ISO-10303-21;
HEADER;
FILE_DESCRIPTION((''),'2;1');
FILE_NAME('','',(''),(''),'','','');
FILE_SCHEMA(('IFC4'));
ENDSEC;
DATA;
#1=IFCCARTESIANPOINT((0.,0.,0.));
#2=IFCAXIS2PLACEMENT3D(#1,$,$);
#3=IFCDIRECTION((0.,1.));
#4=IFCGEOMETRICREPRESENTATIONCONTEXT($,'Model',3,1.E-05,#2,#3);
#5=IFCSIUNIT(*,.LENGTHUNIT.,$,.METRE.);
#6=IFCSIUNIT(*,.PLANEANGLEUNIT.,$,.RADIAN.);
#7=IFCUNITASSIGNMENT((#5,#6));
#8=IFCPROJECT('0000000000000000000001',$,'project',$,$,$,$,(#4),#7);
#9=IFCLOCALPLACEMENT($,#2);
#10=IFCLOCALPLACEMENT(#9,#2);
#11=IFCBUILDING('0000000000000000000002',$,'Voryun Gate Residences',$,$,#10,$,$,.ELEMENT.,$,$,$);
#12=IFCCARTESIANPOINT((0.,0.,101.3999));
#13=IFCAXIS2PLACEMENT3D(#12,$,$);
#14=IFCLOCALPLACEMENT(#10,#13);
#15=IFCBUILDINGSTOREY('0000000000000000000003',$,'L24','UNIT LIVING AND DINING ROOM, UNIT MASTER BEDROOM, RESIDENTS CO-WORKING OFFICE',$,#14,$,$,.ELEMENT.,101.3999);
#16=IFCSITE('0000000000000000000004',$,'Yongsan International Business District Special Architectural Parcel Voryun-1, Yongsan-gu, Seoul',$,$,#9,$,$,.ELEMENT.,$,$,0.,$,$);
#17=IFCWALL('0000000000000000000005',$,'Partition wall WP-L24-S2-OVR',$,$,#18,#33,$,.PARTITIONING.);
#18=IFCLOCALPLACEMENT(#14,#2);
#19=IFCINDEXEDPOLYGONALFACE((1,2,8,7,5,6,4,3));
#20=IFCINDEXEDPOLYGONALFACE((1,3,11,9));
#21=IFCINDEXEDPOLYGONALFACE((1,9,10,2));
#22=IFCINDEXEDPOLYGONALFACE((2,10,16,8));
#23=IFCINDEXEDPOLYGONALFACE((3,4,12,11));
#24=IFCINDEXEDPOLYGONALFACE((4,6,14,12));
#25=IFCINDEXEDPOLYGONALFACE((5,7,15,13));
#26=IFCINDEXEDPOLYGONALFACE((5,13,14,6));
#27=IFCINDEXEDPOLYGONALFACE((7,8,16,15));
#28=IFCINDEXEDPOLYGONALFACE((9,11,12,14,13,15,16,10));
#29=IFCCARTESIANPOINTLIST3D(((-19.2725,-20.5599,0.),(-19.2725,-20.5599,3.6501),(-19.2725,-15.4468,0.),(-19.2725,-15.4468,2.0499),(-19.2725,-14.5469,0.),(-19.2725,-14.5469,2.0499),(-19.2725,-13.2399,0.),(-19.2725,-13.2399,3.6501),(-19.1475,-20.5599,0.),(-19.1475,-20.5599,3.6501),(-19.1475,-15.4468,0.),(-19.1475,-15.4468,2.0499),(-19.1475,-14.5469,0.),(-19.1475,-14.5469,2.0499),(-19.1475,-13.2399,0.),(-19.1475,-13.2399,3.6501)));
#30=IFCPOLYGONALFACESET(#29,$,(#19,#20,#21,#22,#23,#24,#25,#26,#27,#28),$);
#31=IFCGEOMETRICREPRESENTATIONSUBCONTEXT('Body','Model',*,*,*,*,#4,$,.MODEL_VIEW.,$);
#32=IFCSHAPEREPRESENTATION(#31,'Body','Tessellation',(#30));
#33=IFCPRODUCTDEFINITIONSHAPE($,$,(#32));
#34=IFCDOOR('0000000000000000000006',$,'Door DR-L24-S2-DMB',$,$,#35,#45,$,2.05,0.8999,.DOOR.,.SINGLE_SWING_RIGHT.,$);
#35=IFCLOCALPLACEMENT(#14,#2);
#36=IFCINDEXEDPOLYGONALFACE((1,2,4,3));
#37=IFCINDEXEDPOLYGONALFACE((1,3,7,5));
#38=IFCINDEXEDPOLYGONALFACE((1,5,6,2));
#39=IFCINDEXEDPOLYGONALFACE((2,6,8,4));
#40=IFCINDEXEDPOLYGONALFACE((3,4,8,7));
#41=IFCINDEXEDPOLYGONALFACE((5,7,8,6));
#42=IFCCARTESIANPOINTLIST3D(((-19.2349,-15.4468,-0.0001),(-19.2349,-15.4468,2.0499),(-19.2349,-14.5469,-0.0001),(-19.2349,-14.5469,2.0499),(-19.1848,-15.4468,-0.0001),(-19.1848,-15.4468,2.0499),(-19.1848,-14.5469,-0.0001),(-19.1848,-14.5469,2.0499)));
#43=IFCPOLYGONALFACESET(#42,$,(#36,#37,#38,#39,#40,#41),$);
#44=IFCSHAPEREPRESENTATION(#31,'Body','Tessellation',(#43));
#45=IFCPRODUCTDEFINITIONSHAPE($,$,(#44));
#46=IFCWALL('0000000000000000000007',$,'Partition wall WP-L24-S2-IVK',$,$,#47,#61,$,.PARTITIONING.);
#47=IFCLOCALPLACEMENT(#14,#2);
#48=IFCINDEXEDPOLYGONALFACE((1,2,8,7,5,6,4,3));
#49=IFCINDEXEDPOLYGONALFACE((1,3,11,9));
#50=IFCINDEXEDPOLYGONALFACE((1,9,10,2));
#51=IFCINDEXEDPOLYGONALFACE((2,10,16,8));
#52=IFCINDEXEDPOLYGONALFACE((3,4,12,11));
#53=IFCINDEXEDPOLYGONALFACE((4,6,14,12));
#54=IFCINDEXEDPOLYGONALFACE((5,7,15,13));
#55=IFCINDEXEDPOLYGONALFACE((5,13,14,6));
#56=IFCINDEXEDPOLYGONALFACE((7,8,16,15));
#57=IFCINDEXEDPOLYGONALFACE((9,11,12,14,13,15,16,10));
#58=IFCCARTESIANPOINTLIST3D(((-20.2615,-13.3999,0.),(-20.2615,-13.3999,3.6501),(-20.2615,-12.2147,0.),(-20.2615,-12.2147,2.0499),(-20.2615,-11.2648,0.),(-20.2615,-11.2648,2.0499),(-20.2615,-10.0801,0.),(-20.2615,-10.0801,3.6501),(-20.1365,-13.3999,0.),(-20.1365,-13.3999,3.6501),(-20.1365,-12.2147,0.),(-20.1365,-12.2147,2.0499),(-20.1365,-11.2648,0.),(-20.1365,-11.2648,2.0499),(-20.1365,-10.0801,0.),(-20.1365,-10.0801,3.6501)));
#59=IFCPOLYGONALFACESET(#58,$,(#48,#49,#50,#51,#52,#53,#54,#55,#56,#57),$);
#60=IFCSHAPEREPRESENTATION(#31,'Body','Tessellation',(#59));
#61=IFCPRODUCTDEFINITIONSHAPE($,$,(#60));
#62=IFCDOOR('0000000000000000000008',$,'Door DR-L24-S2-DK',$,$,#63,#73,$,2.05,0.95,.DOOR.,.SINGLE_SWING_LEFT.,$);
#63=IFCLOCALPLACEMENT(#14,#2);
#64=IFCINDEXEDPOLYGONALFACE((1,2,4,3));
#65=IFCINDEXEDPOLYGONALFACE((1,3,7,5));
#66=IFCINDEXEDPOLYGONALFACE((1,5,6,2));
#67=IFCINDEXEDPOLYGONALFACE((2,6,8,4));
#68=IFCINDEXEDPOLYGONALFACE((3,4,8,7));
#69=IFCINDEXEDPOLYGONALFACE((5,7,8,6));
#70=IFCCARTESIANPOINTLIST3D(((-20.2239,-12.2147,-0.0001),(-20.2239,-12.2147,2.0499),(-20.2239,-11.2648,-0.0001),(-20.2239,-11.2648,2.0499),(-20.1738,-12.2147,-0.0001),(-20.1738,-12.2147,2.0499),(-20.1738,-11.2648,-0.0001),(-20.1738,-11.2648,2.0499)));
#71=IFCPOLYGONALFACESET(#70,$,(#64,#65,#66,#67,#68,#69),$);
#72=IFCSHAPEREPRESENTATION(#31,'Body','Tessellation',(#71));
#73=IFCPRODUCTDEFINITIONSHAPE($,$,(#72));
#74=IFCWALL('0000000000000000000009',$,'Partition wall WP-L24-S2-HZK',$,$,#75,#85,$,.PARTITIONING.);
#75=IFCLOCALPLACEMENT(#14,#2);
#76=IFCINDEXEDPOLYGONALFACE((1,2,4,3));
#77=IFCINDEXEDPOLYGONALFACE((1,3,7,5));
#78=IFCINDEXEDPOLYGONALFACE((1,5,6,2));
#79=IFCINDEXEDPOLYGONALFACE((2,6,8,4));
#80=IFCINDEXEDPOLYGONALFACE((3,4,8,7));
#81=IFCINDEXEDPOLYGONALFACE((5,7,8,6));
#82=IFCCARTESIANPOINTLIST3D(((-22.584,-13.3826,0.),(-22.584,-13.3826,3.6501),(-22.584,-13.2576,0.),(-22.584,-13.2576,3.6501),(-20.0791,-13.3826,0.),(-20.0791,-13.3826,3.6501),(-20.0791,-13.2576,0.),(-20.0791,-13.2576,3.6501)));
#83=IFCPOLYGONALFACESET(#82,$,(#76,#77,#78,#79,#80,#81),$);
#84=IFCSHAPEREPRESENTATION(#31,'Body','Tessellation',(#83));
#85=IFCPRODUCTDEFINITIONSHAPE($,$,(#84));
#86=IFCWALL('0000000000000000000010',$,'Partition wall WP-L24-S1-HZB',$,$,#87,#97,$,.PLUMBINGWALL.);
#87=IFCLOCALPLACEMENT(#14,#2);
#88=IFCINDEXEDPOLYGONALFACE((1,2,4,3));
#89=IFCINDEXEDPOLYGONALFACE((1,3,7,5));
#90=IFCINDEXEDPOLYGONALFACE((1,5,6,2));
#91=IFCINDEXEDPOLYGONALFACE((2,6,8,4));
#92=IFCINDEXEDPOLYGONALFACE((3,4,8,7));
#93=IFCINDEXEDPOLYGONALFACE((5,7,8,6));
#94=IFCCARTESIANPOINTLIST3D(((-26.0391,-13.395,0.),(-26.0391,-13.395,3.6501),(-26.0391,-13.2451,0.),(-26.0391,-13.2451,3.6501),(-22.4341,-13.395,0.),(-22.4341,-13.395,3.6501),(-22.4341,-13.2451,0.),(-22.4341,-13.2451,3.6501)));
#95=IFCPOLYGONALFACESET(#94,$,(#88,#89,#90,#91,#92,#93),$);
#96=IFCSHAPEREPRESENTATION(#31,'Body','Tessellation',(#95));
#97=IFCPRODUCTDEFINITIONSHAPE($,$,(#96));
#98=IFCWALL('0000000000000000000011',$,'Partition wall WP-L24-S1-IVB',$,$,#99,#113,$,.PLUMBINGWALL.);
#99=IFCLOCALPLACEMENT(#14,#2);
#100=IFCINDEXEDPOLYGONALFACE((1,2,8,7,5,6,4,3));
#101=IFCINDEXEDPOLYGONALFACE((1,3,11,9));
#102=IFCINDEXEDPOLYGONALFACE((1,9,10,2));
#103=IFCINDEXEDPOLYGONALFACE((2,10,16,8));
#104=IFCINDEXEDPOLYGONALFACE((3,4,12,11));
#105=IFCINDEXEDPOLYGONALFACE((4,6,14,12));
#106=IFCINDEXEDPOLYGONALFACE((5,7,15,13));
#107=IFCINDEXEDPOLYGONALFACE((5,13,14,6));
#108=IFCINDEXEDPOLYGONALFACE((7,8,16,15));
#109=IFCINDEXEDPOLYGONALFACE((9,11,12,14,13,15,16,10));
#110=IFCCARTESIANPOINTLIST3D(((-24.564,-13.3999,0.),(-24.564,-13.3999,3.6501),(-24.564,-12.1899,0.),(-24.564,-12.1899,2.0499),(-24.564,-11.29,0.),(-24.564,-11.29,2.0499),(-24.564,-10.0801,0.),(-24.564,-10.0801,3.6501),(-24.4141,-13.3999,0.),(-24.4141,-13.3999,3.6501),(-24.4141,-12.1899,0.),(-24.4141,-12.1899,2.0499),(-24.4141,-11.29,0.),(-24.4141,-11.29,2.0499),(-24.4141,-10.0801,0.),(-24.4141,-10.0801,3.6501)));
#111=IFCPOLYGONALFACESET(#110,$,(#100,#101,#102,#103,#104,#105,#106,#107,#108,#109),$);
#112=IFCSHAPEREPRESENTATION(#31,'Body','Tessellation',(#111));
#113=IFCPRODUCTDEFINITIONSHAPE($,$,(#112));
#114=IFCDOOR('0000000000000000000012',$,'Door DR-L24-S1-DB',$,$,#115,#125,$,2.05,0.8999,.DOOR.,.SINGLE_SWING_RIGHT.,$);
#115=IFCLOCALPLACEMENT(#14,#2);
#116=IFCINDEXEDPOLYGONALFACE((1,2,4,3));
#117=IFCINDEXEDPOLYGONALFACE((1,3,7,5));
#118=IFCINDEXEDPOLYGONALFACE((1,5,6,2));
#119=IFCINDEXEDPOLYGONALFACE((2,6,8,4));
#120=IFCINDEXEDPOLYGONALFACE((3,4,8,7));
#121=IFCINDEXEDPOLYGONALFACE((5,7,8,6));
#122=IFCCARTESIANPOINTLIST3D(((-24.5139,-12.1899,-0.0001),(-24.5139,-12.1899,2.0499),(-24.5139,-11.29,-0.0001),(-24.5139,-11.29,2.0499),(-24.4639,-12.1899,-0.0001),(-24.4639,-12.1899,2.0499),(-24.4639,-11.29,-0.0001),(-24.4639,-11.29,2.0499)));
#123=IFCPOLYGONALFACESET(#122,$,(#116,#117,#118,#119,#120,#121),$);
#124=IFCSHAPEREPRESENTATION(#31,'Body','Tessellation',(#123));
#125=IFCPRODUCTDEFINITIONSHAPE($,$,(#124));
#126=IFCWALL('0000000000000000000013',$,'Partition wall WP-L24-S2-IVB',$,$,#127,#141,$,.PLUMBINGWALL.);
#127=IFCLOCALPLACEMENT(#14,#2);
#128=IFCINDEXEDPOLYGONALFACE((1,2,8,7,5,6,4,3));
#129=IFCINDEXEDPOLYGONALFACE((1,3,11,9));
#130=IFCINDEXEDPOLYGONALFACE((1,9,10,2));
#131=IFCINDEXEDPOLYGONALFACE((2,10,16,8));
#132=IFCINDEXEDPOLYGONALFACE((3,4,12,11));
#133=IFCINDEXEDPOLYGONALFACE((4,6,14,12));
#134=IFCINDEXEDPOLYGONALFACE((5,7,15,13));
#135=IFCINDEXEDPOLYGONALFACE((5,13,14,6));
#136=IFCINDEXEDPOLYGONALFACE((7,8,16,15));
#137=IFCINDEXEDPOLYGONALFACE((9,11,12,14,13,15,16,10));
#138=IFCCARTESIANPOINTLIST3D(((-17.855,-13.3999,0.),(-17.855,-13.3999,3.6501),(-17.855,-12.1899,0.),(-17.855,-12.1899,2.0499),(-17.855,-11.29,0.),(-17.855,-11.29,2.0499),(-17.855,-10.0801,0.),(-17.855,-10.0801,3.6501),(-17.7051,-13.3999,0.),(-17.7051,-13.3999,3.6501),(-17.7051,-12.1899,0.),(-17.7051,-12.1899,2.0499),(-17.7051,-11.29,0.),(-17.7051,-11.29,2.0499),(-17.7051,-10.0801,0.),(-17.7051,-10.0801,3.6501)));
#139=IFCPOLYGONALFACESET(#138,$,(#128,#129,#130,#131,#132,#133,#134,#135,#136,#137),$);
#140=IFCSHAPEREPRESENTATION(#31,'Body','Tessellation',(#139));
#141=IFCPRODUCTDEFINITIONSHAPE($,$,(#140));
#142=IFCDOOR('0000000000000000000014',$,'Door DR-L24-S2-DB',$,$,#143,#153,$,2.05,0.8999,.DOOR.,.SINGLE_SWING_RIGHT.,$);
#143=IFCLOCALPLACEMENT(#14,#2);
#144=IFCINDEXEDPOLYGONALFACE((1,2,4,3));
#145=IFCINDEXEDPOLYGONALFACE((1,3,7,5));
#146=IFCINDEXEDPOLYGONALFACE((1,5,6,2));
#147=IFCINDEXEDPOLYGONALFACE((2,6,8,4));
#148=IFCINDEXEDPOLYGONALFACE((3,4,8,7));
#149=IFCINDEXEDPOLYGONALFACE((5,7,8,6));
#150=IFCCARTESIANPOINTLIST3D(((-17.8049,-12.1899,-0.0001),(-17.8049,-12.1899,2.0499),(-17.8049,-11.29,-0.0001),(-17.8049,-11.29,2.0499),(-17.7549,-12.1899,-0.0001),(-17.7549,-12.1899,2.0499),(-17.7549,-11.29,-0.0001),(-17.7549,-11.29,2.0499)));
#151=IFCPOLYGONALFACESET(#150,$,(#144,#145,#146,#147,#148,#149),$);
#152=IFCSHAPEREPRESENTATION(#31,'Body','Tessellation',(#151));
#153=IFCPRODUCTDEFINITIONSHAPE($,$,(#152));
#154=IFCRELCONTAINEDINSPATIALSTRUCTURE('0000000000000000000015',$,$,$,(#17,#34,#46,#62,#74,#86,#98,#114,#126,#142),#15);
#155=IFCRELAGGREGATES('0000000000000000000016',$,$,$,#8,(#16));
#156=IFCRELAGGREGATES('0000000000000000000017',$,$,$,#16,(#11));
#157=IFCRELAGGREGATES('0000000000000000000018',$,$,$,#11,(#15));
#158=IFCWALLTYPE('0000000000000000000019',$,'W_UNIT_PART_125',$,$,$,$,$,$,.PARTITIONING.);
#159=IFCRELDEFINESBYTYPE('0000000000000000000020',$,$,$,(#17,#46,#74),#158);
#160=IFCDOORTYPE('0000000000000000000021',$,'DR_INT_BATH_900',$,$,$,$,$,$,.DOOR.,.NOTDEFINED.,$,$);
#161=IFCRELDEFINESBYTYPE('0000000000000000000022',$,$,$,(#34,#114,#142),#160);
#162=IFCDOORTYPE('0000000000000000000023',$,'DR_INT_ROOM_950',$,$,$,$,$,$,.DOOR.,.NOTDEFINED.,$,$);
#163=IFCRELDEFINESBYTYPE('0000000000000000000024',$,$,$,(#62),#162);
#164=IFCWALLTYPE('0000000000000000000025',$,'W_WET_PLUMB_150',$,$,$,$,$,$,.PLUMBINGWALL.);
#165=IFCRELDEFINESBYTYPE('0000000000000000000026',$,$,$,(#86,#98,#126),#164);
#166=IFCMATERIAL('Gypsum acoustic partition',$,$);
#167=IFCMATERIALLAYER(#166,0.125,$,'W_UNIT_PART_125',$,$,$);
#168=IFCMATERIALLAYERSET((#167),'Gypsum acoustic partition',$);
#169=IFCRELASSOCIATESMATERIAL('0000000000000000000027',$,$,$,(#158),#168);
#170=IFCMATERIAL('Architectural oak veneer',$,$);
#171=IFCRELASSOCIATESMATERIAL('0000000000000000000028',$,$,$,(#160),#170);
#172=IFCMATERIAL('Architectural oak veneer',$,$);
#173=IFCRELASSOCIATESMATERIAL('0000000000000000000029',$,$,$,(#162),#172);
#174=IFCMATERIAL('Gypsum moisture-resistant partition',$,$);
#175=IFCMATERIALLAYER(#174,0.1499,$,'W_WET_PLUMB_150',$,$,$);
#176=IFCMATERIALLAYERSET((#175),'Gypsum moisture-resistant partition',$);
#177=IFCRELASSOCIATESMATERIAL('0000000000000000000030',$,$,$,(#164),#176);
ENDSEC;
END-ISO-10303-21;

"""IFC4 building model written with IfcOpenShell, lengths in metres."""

from ifc_helpers import new_model, si_unit, direction, frame, frame_2d, origin, place, context, subcontext, project, spatial, rectangle, extrude, material, layer, layer_set, type_object, element, fill, save


model = new_model("IFC4")

# Units and contexts
model_context = context("Model", 3, precision=1e-05, world=origin(), true_north=direction((0.0, 1.0)))
body_context = subcontext(model_context, "Body", "Model", "MODEL_VIEW")
ifc_project = project(units=[si_unit("LENGTHUNIT", "METRE"), si_unit("PLANEANGLEUNIT", "RADIAN")], contexts=[model_context])

# Site, building, storey
site_placement = place(None, origin())
site = spatial("IfcSite", under=ifc_project, at=site_placement, Name="Yongsan International Business District Special Architectural Parcel Voryun-1, Yongsan-gu, Seoul", CompositionType="ELEMENT", RefElevation=0.0)
building_placement = place(site_placement, origin())
building = spatial("IfcBuilding", under=site, at=building_placement, Name="Voryun Gate Residences", CompositionType="ELEMENT")
storey_placement = place(building_placement, frame((0.0, 0.0, 101.3999)))
storey = spatial("IfcBuildingStorey", under=building, at=storey_placement, Name="L24", Description="UNIT LIVING AND DINING ROOM, UNIT MASTER BEDROOM, RESIDENTS CO-WORKING OFFICE", CompositionType="ELEMENT", Elevation=101.3999)

# Shared definitions
ifc_material_1 = material(Name="Gypsum acoustic partition")
ifc_layer_1 = layer(ifc_material_1, 0.125, Name="W_UNIT_PART_125")
ifc_layer_set_1 = layer_set([ifc_layer_1], Name="Gypsum acoustic partition")
wall_type_1 = type_object("IfcWallType", Name="W_UNIT_PART_125", PredefinedType="PARTITIONING", material=ifc_layer_set_1)
ifc_material_2 = material(Name="Architectural oak veneer")
door_type_1 = type_object("IfcDoorType", Name="DR_INT_BATH_900", OperationType="NOTDEFINED", PredefinedType="DOOR", material=ifc_material_2)
ifc_material_3 = material(Name="Architectural oak veneer")
door_type_2 = type_object("IfcDoorType", Name="DR_INT_ROOM_950", OperationType="NOTDEFINED", PredefinedType="DOOR", material=ifc_material_3)

# Walls, openings, doors
wall_1_placement = place(storey_placement, frame((-19.21, -20.5601, 0.0), z_axis=(0.0, 0.0, 1.0), x_axis=(0.0, 1.0, 0.0)))
wall_1 = element("IfcWall", 1, at=wall_1_placement, inside=storey, type_object=wall_type_1, Name="Partition wall WP-L24-S2-OVR", PredefinedType="PARTITIONING", context=body_context, shape_type="SweptSolid", body=[
    extrude(rectangle(XDim=7.3201, YDim=0.125, at=frame_2d((3.6602, 0.0))), origin(), (0.0, 0.0, 1.0), 3.6501),
])
opening_1_placement = place(wall_1_placement, frame((5.1133, 0.0, 0.0)))
opening_1 = element("IfcOpeningElement", 2, at=opening_1_placement, cuts=wall_1, PredefinedType="OPENING", context=body_context, shape_type="SweptSolid", body=[
    extrude(rectangle(XDim=0.8999, YDim=2.05, at=frame_2d((0.45, 1.0249))), frame((0.0, 0.0725, 0.0), z_axis=(0.0, -1.0, 0.0), x_axis=(1.0, 0.0, 0.0)), (0.0, 0.0, 1.0), 0.145),
])
door_1_placement = place(opening_1_placement, origin())
door_1 = element("IfcDoor", 3, at=door_1_placement, inside=storey, type_object=door_type_1, Name="Door DR-L24-S2-DMB", OperationType="SINGLE_SWING_RIGHT", OverallHeight=2.05, OverallWidth=0.8999, PredefinedType="DOOR", context=body_context, shape_type="SweptSolid", body=[
    extrude(rectangle(XDim=0.8999, YDim=2.05, at=frame_2d((0.45, 1.0249))), frame((0.0, 0.0249, 0.0), z_axis=(0.0, -1.0, 0.0), x_axis=(1.0, 0.0, 0.0)), (0.0, 0.0, 1.0), 0.05),
])
fill(opening_1, door_1)
wall_2_placement = place(storey_placement, frame((-20.199, -13.3999, 0.0), z_axis=(0.0, 0.0, 1.0), x_axis=(0.0, 1.0, 0.0)))
wall_2 = element("IfcWall", 4, at=wall_2_placement, inside=storey, type_object=wall_type_1, Name="Partition wall WP-L24-S2-IVK", PredefinedType="PARTITIONING", context=body_context, shape_type="SweptSolid", body=[
    extrude(rectangle(XDim=3.3198, YDim=0.125, at=frame_2d((1.6599, 0.0))), origin(), (0.0, 0.0, 1.0), 3.6501),
])
opening_2_placement = place(wall_2_placement, frame((1.1851, 0.0, 0.0)))
opening_2 = element("IfcOpeningElement", 5, at=opening_2_placement, cuts=wall_2, PredefinedType="OPENING", context=body_context, shape_type="SweptSolid", body=[
    extrude(rectangle(XDim=0.95, YDim=2.05, at=frame_2d((0.4751, 1.0249))), frame((0.0, 0.0725, 0.0), z_axis=(0.0, -1.0, 0.0), x_axis=(1.0, 0.0, 0.0)), (0.0, 0.0, 1.0), 0.145),
])
door_2_placement = place(opening_2_placement, origin())
door_2 = element("IfcDoor", 6, at=door_2_placement, inside=storey, type_object=door_type_2, Name="Door DR-L24-S2-DK", OperationType="SINGLE_SWING_LEFT", OverallHeight=2.05, OverallWidth=0.95, PredefinedType="DOOR", context=body_context, shape_type="SweptSolid", body=[
    extrude(rectangle(XDim=0.95, YDim=2.05, at=frame_2d((0.4751, 1.0249))), frame((0.0, 0.0249, 0.0), z_axis=(0.0, -1.0, 0.0), x_axis=(1.0, 0.0, 0.0)), (0.0, 0.0, 1.0), 0.05),
])
fill(opening_2, door_2)

# Walls
wall_3_placement = place(storey_placement, frame((-22.584, -13.3201, 0.0), z_axis=(0.0, 0.0, 1.0), x_axis=(1.0, 0.0, 0.0)))
element("IfcWall", 7, at=wall_3_placement, inside=storey, type_object=wall_type_1, Name="Partition wall WP-L24-S2-HZK", PredefinedType="PARTITIONING", context=body_context, shape_type="SweptSolid", body=[
    extrude(rectangle(XDim=2.5049, YDim=0.125, at=frame_2d((1.2524, 0.0))), origin(), (0.0, 0.0, 1.0), 3.6501),
])
ifc_material_4 = material(Name="Gypsum moisture-resistant partition")
ifc_layer_2 = layer(ifc_material_4, 0.1499, Name="W_WET_PLUMB_150")
ifc_layer_set_2 = layer_set([ifc_layer_2], Name="Gypsum moisture-resistant partition")
wall_type_2 = type_object("IfcWallType", Name="W_WET_PLUMB_150", PredefinedType="PLUMBINGWALL", material=ifc_layer_set_2)
wall_4_placement = place(storey_placement, frame((-26.0391, -13.3201, 0.0), z_axis=(0.0, 0.0, 1.0), x_axis=(1.0, 0.0, 0.0)))
element("IfcWall", 8, at=wall_4_placement, inside=storey, type_object=wall_type_2, Name="Partition wall WP-L24-S1-HZB", PredefinedType="PLUMBINGWALL", context=body_context, shape_type="SweptSolid", body=[
    extrude(rectangle(XDim=3.605, YDim=0.1499, at=frame_2d((1.8025, 0.0))), origin(), (0.0, 0.0, 1.0), 3.6501),
])

# Walls, openings, doors
wall_5_placement = place(storey_placement, frame((-24.489, -13.3999, 0.0), z_axis=(0.0, 0.0, 1.0), x_axis=(0.0, 1.0, 0.0)))
wall_5 = element("IfcWall", 9, at=wall_5_placement, inside=storey, type_object=wall_type_2, Name="Partition wall WP-L24-S1-IVB", PredefinedType="PLUMBINGWALL", context=body_context, shape_type="SweptSolid", body=[
    extrude(rectangle(XDim=3.3198, YDim=0.1499, at=frame_2d((1.6599, 0.0))), origin(), (0.0, 0.0, 1.0), 3.6501),
])
opening_3_placement = place(wall_5_placement, frame((1.21, 0.0, 0.0)))
opening_3 = element("IfcOpeningElement", 10, at=opening_3_placement, cuts=wall_5, PredefinedType="OPENING", context=body_context, shape_type="SweptSolid", body=[
    extrude(rectangle(XDim=0.8999, YDim=2.05, at=frame_2d((0.45, 1.0249))), frame((0.0, 0.085, 0.0), z_axis=(0.0, -1.0, 0.0), x_axis=(1.0, 0.0, 0.0)), (0.0, 0.0, 1.0), 0.1699),
])
door_3_placement = place(opening_3_placement, origin())
door_3 = element("IfcDoor", 11, at=door_3_placement, inside=storey, type_object=door_type_1, Name="Door DR-L24-S1-DB", OperationType="SINGLE_SWING_RIGHT", OverallHeight=2.05, OverallWidth=0.8999, PredefinedType="DOOR", context=body_context, shape_type="SweptSolid", body=[
    extrude(rectangle(XDim=0.8999, YDim=2.05, at=frame_2d((0.45, 1.0249))), frame((0.0, 0.0249, 0.0), z_axis=(0.0, -1.0, 0.0), x_axis=(1.0, 0.0, 0.0)), (0.0, 0.0, 1.0), 0.05),
])
fill(opening_3, door_3)
wall_6_placement = place(storey_placement, frame((-17.78, -13.3999, 0.0), z_axis=(0.0, 0.0, 1.0), x_axis=(0.0, 1.0, 0.0)))
wall_6 = element("IfcWall", 12, at=wall_6_placement, inside=storey, type_object=wall_type_2, Name="Partition wall WP-L24-S2-IVB", PredefinedType="PLUMBINGWALL", context=body_context, shape_type="SweptSolid", body=[
    extrude(rectangle(XDim=3.3198, YDim=0.1499, at=frame_2d((1.6599, 0.0))), origin(), (0.0, 0.0, 1.0), 3.6501),
])
opening_4_placement = place(wall_6_placement, frame((1.21, 0.0, 0.0)))
opening_4 = element("IfcOpeningElement", 13, at=opening_4_placement, cuts=wall_6, PredefinedType="OPENING", context=body_context, shape_type="SweptSolid", body=[
    extrude(rectangle(XDim=0.8999, YDim=2.05, at=frame_2d((0.45, 1.0249))), frame((0.0, 0.085, 0.0), z_axis=(0.0, -1.0, 0.0), x_axis=(1.0, 0.0, 0.0)), (0.0, 0.0, 1.0), 0.1699),
])
door_4_placement = place(opening_4_placement, origin())
door_4 = element("IfcDoor", 14, at=door_4_placement, inside=storey, type_object=door_type_1, Name="Door DR-L24-S2-DB", OperationType="SINGLE_SWING_RIGHT", OverallHeight=2.05, OverallWidth=0.8999, PredefinedType="DOOR", context=body_context, shape_type="SweptSolid", body=[
    extrude(rectangle(XDim=0.8999, YDim=2.05, at=frame_2d((0.45, 1.0249))), frame((0.0, 0.0249, 0.0), z_axis=(0.0, -1.0, 0.0), x_axis=(1.0, 0.0, 0.0)), (0.0, 0.0, 1.0), 0.05),
])
fill(opening_4, door_4)

save(model, "model.ifc")
